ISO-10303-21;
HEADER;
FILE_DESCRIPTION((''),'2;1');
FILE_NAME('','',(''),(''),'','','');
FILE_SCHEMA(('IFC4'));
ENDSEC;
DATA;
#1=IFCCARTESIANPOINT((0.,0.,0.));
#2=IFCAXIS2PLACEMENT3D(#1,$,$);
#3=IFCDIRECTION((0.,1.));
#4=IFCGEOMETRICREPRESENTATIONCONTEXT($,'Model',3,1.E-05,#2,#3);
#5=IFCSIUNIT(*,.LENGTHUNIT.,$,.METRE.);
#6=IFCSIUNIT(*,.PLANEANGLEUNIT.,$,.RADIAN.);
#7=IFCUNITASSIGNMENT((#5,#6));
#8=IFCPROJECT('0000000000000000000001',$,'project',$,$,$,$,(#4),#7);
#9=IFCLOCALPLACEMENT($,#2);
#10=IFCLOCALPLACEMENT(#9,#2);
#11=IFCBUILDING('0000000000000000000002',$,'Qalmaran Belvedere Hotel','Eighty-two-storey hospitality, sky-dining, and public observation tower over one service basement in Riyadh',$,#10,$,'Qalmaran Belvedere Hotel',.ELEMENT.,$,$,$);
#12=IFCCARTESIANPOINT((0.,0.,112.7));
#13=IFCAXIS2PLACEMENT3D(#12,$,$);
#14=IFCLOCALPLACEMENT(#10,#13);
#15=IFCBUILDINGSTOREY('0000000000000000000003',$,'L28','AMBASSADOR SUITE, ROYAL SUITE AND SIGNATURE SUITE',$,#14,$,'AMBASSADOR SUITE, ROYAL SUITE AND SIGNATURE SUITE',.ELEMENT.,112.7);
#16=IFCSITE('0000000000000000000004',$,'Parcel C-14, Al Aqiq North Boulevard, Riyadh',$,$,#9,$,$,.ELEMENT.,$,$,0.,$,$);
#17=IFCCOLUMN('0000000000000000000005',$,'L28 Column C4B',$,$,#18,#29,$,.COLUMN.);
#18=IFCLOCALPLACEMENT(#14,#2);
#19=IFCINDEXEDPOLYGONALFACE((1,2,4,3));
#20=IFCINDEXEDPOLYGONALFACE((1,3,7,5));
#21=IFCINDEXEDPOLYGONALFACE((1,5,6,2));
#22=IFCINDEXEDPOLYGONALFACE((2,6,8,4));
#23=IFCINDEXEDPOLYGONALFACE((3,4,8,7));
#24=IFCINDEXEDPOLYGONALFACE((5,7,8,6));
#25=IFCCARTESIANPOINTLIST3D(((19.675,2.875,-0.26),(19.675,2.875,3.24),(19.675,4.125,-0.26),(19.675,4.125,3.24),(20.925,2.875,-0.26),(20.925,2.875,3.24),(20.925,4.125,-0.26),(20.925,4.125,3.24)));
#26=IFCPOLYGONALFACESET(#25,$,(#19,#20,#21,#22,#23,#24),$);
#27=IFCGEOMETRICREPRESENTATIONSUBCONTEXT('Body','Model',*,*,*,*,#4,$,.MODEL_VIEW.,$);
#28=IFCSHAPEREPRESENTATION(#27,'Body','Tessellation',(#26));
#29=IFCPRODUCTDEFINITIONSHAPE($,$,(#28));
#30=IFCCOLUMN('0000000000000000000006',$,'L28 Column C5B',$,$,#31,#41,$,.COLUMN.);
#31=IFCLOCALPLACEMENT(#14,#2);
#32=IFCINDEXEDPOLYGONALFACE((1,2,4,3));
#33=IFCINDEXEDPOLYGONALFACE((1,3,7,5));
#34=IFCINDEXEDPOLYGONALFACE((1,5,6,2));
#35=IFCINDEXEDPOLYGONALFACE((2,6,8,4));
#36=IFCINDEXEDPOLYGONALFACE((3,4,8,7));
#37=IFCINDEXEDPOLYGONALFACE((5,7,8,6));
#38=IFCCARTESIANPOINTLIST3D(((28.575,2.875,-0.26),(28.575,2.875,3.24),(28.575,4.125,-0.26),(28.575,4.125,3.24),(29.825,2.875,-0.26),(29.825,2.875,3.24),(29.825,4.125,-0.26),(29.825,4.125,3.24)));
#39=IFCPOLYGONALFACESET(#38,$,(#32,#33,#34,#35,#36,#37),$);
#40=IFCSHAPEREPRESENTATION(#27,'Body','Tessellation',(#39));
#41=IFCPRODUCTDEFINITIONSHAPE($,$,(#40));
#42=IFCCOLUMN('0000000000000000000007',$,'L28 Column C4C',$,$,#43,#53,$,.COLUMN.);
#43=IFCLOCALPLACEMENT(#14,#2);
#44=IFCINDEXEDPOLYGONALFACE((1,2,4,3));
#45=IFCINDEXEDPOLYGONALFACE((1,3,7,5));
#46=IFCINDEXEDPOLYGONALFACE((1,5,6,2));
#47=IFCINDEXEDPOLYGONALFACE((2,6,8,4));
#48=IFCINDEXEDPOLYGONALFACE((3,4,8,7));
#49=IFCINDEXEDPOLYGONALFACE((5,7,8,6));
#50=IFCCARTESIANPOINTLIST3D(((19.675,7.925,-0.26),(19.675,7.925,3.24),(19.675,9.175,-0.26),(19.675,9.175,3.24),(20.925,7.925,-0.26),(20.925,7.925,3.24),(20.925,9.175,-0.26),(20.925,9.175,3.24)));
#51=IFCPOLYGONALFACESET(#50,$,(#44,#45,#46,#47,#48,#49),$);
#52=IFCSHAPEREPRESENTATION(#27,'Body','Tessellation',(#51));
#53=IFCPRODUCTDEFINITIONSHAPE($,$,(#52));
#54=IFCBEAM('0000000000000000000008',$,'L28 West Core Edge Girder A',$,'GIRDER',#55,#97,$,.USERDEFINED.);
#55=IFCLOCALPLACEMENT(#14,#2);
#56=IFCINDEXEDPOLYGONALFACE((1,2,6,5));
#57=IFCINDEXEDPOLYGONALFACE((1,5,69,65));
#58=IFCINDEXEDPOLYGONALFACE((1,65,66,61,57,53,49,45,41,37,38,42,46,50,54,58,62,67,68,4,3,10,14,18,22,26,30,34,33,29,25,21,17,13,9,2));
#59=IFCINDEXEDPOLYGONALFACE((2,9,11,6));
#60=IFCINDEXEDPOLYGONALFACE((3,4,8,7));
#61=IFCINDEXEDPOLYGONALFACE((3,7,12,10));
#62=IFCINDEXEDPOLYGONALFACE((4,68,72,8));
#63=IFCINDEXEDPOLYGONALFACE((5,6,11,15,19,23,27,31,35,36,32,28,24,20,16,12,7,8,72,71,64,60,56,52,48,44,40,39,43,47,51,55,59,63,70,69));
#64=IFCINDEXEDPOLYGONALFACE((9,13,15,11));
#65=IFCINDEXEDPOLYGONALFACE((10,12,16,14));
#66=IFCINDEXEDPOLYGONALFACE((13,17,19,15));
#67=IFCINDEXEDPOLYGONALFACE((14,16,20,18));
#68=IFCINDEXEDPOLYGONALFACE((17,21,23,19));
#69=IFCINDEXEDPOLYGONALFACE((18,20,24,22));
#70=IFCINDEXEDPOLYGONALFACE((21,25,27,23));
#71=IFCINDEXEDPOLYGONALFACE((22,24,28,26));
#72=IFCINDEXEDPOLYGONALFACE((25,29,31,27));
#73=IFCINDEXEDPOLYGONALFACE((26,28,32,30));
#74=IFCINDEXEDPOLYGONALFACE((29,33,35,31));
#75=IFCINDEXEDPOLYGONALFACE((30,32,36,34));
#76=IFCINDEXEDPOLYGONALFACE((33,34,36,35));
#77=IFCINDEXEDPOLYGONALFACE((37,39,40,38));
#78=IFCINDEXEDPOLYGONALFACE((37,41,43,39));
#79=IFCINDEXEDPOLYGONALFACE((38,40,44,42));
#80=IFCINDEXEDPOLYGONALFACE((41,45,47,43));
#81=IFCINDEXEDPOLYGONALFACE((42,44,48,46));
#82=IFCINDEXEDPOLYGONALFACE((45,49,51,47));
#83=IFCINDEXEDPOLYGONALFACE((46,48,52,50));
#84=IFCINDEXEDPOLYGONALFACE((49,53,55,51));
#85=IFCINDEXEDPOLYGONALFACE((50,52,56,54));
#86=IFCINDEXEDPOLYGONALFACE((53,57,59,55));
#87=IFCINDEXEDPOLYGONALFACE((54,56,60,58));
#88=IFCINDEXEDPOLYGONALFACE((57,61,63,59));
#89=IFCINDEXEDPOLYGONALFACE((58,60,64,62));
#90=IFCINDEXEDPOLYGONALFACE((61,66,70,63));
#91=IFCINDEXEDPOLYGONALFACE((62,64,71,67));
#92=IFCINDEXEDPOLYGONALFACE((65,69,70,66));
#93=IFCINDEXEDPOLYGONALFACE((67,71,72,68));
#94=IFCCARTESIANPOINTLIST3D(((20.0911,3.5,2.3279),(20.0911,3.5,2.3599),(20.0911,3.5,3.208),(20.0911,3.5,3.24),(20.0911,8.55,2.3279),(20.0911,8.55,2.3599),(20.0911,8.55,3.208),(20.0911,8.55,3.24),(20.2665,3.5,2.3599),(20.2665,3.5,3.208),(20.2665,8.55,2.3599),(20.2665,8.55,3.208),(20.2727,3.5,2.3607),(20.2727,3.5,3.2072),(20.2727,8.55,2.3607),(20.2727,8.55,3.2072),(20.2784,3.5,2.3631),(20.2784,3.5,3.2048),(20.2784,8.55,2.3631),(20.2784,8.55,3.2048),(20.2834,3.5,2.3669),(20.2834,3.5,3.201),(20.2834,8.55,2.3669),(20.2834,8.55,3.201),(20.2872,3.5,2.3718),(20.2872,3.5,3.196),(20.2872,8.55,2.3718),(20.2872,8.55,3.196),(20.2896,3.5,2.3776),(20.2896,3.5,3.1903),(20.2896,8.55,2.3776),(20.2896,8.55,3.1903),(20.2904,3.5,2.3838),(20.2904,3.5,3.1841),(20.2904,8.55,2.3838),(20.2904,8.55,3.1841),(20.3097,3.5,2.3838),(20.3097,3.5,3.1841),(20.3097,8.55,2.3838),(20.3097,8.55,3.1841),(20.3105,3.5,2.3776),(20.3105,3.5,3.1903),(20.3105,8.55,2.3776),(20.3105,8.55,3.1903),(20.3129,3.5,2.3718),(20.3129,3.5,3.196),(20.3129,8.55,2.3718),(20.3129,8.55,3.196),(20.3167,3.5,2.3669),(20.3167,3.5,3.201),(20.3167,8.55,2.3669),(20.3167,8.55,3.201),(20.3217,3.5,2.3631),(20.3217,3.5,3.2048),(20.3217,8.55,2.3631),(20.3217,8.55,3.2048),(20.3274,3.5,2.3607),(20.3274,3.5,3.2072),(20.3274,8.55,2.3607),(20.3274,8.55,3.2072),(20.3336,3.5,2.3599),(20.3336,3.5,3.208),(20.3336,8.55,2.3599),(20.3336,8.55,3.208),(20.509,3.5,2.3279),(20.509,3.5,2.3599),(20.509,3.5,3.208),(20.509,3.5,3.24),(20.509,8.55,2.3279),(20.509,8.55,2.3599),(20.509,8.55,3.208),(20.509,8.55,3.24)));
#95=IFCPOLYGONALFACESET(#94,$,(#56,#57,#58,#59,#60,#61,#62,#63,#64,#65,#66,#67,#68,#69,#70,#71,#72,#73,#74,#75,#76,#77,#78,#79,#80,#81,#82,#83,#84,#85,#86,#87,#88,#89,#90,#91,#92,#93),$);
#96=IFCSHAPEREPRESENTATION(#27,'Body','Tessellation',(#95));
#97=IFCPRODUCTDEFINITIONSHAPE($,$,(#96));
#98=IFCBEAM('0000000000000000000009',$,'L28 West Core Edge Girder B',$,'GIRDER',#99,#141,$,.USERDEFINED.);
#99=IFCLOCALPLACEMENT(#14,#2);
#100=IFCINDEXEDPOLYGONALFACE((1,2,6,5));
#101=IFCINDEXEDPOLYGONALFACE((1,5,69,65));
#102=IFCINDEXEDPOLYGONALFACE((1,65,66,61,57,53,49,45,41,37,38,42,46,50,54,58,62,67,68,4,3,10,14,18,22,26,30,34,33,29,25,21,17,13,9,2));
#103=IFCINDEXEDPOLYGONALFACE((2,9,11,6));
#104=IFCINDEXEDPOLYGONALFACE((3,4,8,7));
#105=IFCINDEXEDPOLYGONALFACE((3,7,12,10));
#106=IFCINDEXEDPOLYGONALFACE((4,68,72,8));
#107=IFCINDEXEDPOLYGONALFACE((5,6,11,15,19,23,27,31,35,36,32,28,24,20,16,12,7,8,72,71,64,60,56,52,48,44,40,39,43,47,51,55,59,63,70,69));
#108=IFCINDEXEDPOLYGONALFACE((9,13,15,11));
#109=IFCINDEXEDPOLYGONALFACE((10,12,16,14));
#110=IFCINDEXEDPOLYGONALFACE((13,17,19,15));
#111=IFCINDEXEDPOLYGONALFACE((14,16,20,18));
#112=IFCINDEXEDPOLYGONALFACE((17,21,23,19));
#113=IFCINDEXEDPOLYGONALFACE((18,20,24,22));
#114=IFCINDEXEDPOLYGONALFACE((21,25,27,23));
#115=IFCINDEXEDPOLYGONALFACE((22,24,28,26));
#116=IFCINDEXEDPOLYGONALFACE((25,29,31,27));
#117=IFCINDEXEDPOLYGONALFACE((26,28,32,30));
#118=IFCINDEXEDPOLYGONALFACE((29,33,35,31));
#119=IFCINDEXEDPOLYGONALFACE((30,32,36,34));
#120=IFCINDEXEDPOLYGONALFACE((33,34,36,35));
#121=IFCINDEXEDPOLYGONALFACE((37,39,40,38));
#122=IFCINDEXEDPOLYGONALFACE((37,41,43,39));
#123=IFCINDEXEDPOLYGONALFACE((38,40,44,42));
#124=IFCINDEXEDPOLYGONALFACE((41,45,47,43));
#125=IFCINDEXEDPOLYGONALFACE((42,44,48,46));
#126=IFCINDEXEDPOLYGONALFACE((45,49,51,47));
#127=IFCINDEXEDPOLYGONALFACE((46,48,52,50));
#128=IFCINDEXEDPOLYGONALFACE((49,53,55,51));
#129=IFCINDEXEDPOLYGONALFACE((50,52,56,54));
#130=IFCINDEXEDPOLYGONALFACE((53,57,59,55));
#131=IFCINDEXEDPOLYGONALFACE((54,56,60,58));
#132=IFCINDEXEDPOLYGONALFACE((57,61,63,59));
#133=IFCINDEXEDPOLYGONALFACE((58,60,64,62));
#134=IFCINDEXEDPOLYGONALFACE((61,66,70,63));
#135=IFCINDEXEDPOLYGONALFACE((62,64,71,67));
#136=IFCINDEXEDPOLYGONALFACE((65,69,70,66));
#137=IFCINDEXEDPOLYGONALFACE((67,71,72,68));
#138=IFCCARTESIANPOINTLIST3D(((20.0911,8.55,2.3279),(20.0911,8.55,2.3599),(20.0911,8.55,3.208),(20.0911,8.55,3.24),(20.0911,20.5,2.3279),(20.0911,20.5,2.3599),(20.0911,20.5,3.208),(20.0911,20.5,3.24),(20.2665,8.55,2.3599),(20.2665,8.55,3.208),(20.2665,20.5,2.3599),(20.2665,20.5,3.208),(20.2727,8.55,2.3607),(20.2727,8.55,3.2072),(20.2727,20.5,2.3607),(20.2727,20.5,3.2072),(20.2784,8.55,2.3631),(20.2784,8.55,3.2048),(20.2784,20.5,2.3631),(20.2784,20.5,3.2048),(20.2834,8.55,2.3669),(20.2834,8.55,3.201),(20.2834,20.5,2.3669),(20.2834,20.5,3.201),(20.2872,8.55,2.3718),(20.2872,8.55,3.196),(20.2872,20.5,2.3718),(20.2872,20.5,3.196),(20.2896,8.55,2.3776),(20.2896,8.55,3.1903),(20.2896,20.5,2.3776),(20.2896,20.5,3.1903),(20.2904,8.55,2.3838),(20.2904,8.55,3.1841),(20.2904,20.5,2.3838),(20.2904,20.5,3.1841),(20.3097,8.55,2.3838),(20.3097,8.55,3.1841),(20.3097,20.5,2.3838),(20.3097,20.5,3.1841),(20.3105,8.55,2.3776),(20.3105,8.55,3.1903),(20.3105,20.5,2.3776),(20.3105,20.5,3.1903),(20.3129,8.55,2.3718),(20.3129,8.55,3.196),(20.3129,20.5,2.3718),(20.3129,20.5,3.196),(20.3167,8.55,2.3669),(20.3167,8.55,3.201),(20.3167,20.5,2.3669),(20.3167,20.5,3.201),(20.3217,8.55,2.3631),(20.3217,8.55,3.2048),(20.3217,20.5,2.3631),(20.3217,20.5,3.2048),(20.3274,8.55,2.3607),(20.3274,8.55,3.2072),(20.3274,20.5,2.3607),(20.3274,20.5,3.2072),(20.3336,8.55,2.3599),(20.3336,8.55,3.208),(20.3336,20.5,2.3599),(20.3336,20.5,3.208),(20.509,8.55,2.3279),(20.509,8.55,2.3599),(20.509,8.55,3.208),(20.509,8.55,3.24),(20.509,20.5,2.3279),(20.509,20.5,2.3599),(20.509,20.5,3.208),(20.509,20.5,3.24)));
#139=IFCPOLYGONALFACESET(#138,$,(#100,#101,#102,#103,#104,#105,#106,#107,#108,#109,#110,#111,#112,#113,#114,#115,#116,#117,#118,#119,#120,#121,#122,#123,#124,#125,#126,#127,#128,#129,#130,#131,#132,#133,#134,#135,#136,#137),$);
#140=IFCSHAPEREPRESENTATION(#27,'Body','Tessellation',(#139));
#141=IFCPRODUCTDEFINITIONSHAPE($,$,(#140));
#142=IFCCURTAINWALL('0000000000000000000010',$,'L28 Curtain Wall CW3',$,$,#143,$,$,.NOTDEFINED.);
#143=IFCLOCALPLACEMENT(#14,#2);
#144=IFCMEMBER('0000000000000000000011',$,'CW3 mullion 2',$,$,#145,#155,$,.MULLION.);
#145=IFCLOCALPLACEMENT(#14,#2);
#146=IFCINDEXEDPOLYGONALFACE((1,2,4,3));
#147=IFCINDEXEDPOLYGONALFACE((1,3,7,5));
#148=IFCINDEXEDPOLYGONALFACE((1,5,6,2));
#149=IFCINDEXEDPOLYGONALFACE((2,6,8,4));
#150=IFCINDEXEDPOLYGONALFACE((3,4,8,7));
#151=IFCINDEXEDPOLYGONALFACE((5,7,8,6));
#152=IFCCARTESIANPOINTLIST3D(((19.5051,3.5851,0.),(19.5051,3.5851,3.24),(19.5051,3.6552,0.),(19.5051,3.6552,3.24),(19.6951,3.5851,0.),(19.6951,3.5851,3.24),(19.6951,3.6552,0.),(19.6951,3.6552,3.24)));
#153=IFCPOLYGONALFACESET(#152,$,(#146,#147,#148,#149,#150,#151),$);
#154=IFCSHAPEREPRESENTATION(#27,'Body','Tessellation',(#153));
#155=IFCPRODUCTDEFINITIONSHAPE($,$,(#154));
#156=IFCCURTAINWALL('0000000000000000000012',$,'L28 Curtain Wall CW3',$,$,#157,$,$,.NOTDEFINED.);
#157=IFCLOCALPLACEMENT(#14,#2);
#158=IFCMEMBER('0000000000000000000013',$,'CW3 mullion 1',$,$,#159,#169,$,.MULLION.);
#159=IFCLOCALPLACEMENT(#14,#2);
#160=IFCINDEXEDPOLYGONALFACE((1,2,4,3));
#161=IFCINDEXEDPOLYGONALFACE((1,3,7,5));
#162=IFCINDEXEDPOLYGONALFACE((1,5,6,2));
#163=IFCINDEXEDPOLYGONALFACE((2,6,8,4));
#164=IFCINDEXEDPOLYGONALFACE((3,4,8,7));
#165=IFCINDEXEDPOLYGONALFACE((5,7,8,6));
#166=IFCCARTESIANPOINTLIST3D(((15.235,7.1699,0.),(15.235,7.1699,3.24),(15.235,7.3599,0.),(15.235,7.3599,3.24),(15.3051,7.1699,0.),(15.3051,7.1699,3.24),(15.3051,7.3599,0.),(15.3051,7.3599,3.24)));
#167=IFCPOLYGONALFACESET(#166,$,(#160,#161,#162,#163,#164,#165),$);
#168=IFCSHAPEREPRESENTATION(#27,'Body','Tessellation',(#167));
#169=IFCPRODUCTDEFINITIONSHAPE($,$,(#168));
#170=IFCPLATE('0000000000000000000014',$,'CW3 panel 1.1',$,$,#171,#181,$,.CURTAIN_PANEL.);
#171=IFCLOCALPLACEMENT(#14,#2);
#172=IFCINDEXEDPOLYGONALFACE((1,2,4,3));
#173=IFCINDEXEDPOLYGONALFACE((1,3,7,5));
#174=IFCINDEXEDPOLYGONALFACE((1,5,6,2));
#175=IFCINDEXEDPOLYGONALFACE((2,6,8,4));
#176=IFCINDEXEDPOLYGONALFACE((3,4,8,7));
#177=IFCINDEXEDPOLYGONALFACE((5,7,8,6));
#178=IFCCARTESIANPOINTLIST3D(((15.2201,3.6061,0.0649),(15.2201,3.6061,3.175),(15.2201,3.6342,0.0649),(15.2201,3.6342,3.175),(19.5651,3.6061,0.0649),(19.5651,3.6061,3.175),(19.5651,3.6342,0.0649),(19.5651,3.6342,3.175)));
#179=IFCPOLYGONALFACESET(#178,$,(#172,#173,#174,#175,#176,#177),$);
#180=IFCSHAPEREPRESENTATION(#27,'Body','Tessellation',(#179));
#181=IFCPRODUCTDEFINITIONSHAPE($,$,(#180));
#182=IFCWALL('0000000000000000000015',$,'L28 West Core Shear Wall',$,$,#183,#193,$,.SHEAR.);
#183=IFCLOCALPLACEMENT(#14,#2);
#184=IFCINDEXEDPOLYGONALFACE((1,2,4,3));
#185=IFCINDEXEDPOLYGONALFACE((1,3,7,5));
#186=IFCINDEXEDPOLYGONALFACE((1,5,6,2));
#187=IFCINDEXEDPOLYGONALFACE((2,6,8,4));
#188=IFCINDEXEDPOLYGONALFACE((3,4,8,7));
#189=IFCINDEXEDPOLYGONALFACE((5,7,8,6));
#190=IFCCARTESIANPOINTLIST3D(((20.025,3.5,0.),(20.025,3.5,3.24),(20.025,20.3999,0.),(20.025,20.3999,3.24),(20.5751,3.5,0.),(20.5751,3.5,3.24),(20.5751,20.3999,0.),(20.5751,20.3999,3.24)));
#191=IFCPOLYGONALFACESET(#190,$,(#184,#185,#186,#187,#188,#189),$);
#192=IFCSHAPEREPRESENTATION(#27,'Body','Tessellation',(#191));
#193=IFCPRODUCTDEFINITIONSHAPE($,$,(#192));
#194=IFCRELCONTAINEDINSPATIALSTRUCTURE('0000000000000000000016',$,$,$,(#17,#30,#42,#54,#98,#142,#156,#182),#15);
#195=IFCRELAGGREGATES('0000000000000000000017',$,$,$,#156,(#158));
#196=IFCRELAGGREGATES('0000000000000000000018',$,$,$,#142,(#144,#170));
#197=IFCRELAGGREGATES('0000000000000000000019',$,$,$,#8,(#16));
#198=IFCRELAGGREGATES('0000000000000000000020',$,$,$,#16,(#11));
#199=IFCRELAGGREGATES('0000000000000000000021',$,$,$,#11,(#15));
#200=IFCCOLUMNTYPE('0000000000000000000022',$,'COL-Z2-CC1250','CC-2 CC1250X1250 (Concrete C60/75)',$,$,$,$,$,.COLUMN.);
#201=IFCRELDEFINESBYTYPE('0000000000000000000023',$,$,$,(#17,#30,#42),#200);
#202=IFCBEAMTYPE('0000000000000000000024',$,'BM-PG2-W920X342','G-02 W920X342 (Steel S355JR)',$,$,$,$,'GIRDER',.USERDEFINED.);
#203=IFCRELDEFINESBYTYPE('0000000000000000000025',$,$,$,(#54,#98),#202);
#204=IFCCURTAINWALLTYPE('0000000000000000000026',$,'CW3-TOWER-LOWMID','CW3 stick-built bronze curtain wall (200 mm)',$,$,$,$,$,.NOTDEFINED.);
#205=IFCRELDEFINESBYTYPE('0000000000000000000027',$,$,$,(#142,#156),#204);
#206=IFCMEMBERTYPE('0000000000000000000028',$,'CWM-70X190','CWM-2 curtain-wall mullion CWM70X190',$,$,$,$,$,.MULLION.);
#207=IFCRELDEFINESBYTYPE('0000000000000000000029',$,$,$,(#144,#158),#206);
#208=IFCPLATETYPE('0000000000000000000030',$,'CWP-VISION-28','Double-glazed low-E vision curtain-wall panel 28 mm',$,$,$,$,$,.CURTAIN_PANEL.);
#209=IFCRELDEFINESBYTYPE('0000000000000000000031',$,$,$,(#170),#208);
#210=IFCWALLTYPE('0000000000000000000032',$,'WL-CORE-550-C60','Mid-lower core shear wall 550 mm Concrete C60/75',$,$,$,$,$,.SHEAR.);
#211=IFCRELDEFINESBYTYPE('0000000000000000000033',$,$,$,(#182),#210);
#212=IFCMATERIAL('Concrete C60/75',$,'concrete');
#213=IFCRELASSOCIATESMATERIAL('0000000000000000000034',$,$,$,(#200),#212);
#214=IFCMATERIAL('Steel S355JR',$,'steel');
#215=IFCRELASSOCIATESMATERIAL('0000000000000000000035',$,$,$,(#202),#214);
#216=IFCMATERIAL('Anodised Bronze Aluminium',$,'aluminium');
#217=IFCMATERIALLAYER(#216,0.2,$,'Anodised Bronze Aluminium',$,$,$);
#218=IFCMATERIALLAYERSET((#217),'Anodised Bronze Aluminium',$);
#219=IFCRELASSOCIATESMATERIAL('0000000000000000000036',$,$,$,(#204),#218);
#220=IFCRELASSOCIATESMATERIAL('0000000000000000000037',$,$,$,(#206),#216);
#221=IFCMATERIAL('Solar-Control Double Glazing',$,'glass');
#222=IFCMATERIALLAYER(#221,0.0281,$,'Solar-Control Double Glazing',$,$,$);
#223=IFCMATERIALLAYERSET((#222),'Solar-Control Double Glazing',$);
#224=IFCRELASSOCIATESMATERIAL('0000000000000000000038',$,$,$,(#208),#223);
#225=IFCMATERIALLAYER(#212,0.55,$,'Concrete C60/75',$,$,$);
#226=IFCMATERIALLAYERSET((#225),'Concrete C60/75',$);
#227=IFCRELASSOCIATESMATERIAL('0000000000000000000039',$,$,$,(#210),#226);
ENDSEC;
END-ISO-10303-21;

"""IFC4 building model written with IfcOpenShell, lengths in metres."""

from ifc_helpers import new_model, si_unit, direction, frame, frame_2d, origin, origin_2d, place, context, subcontext, project, spatial, rectangle, i_section, extrude, material, layer, layer_set, material_profile, profile_set, type_object, element, aggregate, save


model = new_model("IFC4")

# Units and contexts
model_context = context("Model", 3, precision=1e-05, world=origin(), true_north=direction((0.0, 1.0)))
body_context = subcontext(model_context, "Body", "Model", "MODEL_VIEW")
ifc_project = project(units=[si_unit("LENGTHUNIT", "METRE"), si_unit("PLANEANGLEUNIT", "RADIAN")], contexts=[model_context])

# Site, building, storey
site_placement = place(None, origin())
site = spatial("IfcSite", under=ifc_project, at=site_placement, Name="Parcel C-14, Al Aqiq North Boulevard, Riyadh", CompositionType="ELEMENT", RefElevation=0.0)
building_placement = place(site_placement, origin())
building = spatial("IfcBuilding", under=site, at=building_placement, Name="Qalmaran Belvedere Hotel", Description="Eighty-two-storey hospitality, sky-dining, and public observation tower over one service basement in Riyadh", LongName="Qalmaran Belvedere Hotel", CompositionType="ELEMENT")
storey_placement = place(building_placement, frame((0.0, 0.0, 112.7)))
storey = spatial("IfcBuildingStorey", under=building, at=storey_placement, Name="L28", Description="AMBASSADOR SUITE, ROYAL SUITE AND SIGNATURE SUITE", LongName="AMBASSADOR SUITE, ROYAL SUITE AND SIGNATURE SUITE", CompositionType="ELEMENT", Elevation=112.7)

# Columns
ifc_material_1 = material(Name="Concrete C60/75", Category="concrete")
ifc_material_profile_1 = material_profile(ifc_material_1, rectangle(XDim=1.25, YDim=1.25, at=origin_2d()), Name="CC1250X1250")
ifc_profile_set_1 = profile_set([ifc_material_profile_1], Name="Concrete C60/75")
column_type = type_object("IfcColumnType", Name="COL-Z2-CC1250", Description="CC-2 CC1250X1250 (Concrete C60/75)", PredefinedType="COLUMN", material=ifc_profile_set_1)
for number, where, z_axis, x_axis, name in (
    (1, (20.3, 3.5, -0.26), (0.0, 0.0, 1.0), (1.0, 0.0, 0.0), "L28 Column C4B"),
    (2, (29.2, 3.5, -0.26), (0.0, 0.0, 1.0), (1.0, 0.0, 0.0), "L28 Column C5B"),
    (3, (20.3, 8.55, -0.26), (0.0, 0.0, 1.0), (1.0, 0.0, 0.0), "L28 Column C4C"),
):
    element("IfcColumn", number, at=place(storey_placement, frame(where, z_axis=z_axis, x_axis=x_axis)), inside=storey, type_object=column_type, Name=name, PredefinedType="COLUMN", context=body_context, shape_type="SweptSolid", body=[
        extrude(rectangle(XDim=1.25, YDim=1.25, at=origin_2d()), origin(), (0.0, 0.0, 1.0), 3.5),
    ])

# Beams
ifc_material_2 = material(Name="Steel S355JR", Category="steel")
ifc_material_profile_2 = material_profile(ifc_material_2, i_section(OverallWidth=0.418, OverallDepth=0.9121, WebThickness=0.0193, FlangeThickness=0.032, FilletRadius=0.0239, at=origin_2d()), Name="W920X342")
ifc_profile_set_2 = profile_set([ifc_material_profile_2], Name="Steel S355JR")
beam_type = type_object("IfcBeamType", Name="BM-PG2-W920X342", Description="G-02 W920X342 (Steel S355JR)", ElementType="GIRDER", PredefinedType="USERDEFINED", material=ifc_profile_set_2)
beam_1_placement = place(storey_placement, frame((20.3, 3.5, 2.7839), z_axis=(0.0, 1.0, 0.0), x_axis=(-1.0, 0.0, 0.0)))
element("IfcBeam", 4, at=beam_1_placement, inside=storey, type_object=beam_type, Name="L28 West Core Edge Girder A", ObjectType="GIRDER", PredefinedType="USERDEFINED", context=body_context, shape_type="SweptSolid", body=[
    extrude(i_section(OverallWidth=0.418, OverallDepth=0.9121, WebThickness=0.0193, FlangeThickness=0.032, FilletRadius=0.0239, at=origin_2d()), origin(), (0.0, 0.0, 1.0), 5.05),
])
beam_2_placement = place(storey_placement, frame((20.3, 8.55, 2.7839), z_axis=(0.0, 1.0, 0.0), x_axis=(-1.0, 0.0, 0.0)))
element("IfcBeam", 5, at=beam_2_placement, inside=storey, type_object=beam_type, Name="L28 West Core Edge Girder B", ObjectType="GIRDER", PredefinedType="USERDEFINED", context=body_context, shape_type="SweptSolid", body=[
    extrude(i_section(OverallWidth=0.418, OverallDepth=0.9121, WebThickness=0.0193, FlangeThickness=0.032, FilletRadius=0.0239, at=origin_2d()), origin(), (0.0, 0.0, 1.0), 11.95),
])

# Curtain walls, members
ifc_material_3 = material(Name="Anodised Bronze Aluminium", Category="aluminium")
ifc_layer_1 = layer(ifc_material_3, 0.2, Name="Anodised Bronze Aluminium")
ifc_layer_set_1 = layer_set([ifc_layer_1], Name="Anodised Bronze Aluminium")
curtain_wall_type = type_object("IfcCurtainWallType", Name="CW3-TOWER-LOWMID", Description="CW3 stick-built bronze curtain wall (200 mm)", PredefinedType="NOTDEFINED", material=ifc_layer_set_1)
curtain_wall_1_placement = place(storey_placement, origin())
curtain_wall_1 = element("IfcCurtainWall", 6, at=curtain_wall_1_placement, inside=storey, type_object=curtain_wall_type, Name="L28 Curtain Wall CW3", PredefinedType="NOTDEFINED")
ifc_material_profile_3 = material_profile(ifc_material_3, rectangle(XDim=0.0701, YDim=0.1899, at=origin_2d()), Name="CWM70X190")
ifc_profile_set_3 = profile_set([ifc_material_profile_3], Name="Anodised Bronze Aluminium")
member_type = type_object("IfcMemberType", Name="CWM-70X190", Description="CWM-2 curtain-wall mullion CWM70X190", PredefinedType="MULLION", material=ifc_profile_set_3)
member_1_placement = place(storey_placement, frame((19.6001, 3.6201, 0.0), z_axis=(0.0, 0.0, 1.0), x_axis=(0.0, 1.0, 0.0)))
member_1 = element("IfcMember", 7, at=member_1_placement, type_object=member_type, Name="CW3 mullion 2", PredefinedType="MULLION", context=body_context, shape_type="SweptSolid", body=[
    extrude(rectangle(XDim=0.0701, YDim=0.1899, at=origin_2d()), origin(), (0.0, 0.0, 1.0), 3.24),
])
curtain_wall_2_placement = place(storey_placement, origin())
curtain_wall_2 = element("IfcCurtainWall", 8, at=curtain_wall_2_placement, inside=storey, type_object=curtain_wall_type, Name="L28 Curtain Wall CW3", PredefinedType="NOTDEFINED")
member_2_placement = place(storey_placement, frame((15.27, 7.2649, 0.0), z_axis=(0.0, 0.0, 1.0), x_axis=(1.0, 0.0, 0.0)))
member_2 = element("IfcMember", 9, at=member_2_placement, type_object=member_type, Name="CW3 mullion 1", PredefinedType="MULLION", context=body_context, shape_type="SweptSolid", body=[
    extrude(rectangle(XDim=0.0701, YDim=0.1899, at=origin_2d()), origin(), (0.0, 0.0, 1.0), 3.24),
])
aggregate(curtain_wall_2, [member_2])

# Plate
ifc_material_4 = material(Name="Solar-Control Double Glazing", Category="glass")
ifc_layer_2 = layer(ifc_material_4, 0.0281, Name="Solar-Control Double Glazing")
ifc_layer_set_2 = layer_set([ifc_layer_2], Name="Solar-Control Double Glazing")
plate_type = type_object("IfcPlateType", Name="CWP-VISION-28", Description="Double-glazed low-E vision curtain-wall panel 28 mm", PredefinedType="CURTAIN_PANEL", material=ifc_layer_set_2)
plate_placement = place(storey_placement, frame((17.3926, 3.6201, 0.0649), z_axis=(0.0, 0.0, 1.0), x_axis=(1.0, 0.0, 0.0)))
plate = element("IfcPlate", 10, at=plate_placement, type_object=plate_type, Name="CW3 panel 1.1", PredefinedType="CURTAIN_PANEL", context=body_context, shape_type="SweptSolid", body=[
    extrude(rectangle(XDim=4.345, YDim=0.0281, at=origin_2d()), origin(), (0.0, 0.0, 1.0), 3.1101),
])
aggregate(curtain_wall_1, [member_1, plate])

# Wall
ifc_layer_3 = layer(ifc_material_1, 0.55, Name="Concrete C60/75")
ifc_layer_set_3 = layer_set([ifc_layer_3], Name="Concrete C60/75")
wall_type_1 = type_object("IfcWallType", Name="WL-CORE-550-C60", Description="Mid-lower core shear wall 550 mm Concrete C60/75", PredefinedType="SHEAR", material=ifc_layer_set_3)
wall_1_placement = place(storey_placement, frame((20.3, 3.5, 0.0), z_axis=(0.0, 0.0, 1.0), x_axis=(0.0, 1.0, 0.0)))
element("IfcWall", 11, at=wall_1_placement, inside=storey, type_object=wall_type_1, Name="L28 West Core Shear Wall", PredefinedType="SHEAR", context=body_context, shape_type="SweptSolid", body=[
    extrude(rectangle(XDim=16.8999, YDim=0.55, at=frame_2d((8.45, 0.0))), origin(), (0.0, 0.0, 1.0), 3.24),
])

save(model, "model.ifc")
